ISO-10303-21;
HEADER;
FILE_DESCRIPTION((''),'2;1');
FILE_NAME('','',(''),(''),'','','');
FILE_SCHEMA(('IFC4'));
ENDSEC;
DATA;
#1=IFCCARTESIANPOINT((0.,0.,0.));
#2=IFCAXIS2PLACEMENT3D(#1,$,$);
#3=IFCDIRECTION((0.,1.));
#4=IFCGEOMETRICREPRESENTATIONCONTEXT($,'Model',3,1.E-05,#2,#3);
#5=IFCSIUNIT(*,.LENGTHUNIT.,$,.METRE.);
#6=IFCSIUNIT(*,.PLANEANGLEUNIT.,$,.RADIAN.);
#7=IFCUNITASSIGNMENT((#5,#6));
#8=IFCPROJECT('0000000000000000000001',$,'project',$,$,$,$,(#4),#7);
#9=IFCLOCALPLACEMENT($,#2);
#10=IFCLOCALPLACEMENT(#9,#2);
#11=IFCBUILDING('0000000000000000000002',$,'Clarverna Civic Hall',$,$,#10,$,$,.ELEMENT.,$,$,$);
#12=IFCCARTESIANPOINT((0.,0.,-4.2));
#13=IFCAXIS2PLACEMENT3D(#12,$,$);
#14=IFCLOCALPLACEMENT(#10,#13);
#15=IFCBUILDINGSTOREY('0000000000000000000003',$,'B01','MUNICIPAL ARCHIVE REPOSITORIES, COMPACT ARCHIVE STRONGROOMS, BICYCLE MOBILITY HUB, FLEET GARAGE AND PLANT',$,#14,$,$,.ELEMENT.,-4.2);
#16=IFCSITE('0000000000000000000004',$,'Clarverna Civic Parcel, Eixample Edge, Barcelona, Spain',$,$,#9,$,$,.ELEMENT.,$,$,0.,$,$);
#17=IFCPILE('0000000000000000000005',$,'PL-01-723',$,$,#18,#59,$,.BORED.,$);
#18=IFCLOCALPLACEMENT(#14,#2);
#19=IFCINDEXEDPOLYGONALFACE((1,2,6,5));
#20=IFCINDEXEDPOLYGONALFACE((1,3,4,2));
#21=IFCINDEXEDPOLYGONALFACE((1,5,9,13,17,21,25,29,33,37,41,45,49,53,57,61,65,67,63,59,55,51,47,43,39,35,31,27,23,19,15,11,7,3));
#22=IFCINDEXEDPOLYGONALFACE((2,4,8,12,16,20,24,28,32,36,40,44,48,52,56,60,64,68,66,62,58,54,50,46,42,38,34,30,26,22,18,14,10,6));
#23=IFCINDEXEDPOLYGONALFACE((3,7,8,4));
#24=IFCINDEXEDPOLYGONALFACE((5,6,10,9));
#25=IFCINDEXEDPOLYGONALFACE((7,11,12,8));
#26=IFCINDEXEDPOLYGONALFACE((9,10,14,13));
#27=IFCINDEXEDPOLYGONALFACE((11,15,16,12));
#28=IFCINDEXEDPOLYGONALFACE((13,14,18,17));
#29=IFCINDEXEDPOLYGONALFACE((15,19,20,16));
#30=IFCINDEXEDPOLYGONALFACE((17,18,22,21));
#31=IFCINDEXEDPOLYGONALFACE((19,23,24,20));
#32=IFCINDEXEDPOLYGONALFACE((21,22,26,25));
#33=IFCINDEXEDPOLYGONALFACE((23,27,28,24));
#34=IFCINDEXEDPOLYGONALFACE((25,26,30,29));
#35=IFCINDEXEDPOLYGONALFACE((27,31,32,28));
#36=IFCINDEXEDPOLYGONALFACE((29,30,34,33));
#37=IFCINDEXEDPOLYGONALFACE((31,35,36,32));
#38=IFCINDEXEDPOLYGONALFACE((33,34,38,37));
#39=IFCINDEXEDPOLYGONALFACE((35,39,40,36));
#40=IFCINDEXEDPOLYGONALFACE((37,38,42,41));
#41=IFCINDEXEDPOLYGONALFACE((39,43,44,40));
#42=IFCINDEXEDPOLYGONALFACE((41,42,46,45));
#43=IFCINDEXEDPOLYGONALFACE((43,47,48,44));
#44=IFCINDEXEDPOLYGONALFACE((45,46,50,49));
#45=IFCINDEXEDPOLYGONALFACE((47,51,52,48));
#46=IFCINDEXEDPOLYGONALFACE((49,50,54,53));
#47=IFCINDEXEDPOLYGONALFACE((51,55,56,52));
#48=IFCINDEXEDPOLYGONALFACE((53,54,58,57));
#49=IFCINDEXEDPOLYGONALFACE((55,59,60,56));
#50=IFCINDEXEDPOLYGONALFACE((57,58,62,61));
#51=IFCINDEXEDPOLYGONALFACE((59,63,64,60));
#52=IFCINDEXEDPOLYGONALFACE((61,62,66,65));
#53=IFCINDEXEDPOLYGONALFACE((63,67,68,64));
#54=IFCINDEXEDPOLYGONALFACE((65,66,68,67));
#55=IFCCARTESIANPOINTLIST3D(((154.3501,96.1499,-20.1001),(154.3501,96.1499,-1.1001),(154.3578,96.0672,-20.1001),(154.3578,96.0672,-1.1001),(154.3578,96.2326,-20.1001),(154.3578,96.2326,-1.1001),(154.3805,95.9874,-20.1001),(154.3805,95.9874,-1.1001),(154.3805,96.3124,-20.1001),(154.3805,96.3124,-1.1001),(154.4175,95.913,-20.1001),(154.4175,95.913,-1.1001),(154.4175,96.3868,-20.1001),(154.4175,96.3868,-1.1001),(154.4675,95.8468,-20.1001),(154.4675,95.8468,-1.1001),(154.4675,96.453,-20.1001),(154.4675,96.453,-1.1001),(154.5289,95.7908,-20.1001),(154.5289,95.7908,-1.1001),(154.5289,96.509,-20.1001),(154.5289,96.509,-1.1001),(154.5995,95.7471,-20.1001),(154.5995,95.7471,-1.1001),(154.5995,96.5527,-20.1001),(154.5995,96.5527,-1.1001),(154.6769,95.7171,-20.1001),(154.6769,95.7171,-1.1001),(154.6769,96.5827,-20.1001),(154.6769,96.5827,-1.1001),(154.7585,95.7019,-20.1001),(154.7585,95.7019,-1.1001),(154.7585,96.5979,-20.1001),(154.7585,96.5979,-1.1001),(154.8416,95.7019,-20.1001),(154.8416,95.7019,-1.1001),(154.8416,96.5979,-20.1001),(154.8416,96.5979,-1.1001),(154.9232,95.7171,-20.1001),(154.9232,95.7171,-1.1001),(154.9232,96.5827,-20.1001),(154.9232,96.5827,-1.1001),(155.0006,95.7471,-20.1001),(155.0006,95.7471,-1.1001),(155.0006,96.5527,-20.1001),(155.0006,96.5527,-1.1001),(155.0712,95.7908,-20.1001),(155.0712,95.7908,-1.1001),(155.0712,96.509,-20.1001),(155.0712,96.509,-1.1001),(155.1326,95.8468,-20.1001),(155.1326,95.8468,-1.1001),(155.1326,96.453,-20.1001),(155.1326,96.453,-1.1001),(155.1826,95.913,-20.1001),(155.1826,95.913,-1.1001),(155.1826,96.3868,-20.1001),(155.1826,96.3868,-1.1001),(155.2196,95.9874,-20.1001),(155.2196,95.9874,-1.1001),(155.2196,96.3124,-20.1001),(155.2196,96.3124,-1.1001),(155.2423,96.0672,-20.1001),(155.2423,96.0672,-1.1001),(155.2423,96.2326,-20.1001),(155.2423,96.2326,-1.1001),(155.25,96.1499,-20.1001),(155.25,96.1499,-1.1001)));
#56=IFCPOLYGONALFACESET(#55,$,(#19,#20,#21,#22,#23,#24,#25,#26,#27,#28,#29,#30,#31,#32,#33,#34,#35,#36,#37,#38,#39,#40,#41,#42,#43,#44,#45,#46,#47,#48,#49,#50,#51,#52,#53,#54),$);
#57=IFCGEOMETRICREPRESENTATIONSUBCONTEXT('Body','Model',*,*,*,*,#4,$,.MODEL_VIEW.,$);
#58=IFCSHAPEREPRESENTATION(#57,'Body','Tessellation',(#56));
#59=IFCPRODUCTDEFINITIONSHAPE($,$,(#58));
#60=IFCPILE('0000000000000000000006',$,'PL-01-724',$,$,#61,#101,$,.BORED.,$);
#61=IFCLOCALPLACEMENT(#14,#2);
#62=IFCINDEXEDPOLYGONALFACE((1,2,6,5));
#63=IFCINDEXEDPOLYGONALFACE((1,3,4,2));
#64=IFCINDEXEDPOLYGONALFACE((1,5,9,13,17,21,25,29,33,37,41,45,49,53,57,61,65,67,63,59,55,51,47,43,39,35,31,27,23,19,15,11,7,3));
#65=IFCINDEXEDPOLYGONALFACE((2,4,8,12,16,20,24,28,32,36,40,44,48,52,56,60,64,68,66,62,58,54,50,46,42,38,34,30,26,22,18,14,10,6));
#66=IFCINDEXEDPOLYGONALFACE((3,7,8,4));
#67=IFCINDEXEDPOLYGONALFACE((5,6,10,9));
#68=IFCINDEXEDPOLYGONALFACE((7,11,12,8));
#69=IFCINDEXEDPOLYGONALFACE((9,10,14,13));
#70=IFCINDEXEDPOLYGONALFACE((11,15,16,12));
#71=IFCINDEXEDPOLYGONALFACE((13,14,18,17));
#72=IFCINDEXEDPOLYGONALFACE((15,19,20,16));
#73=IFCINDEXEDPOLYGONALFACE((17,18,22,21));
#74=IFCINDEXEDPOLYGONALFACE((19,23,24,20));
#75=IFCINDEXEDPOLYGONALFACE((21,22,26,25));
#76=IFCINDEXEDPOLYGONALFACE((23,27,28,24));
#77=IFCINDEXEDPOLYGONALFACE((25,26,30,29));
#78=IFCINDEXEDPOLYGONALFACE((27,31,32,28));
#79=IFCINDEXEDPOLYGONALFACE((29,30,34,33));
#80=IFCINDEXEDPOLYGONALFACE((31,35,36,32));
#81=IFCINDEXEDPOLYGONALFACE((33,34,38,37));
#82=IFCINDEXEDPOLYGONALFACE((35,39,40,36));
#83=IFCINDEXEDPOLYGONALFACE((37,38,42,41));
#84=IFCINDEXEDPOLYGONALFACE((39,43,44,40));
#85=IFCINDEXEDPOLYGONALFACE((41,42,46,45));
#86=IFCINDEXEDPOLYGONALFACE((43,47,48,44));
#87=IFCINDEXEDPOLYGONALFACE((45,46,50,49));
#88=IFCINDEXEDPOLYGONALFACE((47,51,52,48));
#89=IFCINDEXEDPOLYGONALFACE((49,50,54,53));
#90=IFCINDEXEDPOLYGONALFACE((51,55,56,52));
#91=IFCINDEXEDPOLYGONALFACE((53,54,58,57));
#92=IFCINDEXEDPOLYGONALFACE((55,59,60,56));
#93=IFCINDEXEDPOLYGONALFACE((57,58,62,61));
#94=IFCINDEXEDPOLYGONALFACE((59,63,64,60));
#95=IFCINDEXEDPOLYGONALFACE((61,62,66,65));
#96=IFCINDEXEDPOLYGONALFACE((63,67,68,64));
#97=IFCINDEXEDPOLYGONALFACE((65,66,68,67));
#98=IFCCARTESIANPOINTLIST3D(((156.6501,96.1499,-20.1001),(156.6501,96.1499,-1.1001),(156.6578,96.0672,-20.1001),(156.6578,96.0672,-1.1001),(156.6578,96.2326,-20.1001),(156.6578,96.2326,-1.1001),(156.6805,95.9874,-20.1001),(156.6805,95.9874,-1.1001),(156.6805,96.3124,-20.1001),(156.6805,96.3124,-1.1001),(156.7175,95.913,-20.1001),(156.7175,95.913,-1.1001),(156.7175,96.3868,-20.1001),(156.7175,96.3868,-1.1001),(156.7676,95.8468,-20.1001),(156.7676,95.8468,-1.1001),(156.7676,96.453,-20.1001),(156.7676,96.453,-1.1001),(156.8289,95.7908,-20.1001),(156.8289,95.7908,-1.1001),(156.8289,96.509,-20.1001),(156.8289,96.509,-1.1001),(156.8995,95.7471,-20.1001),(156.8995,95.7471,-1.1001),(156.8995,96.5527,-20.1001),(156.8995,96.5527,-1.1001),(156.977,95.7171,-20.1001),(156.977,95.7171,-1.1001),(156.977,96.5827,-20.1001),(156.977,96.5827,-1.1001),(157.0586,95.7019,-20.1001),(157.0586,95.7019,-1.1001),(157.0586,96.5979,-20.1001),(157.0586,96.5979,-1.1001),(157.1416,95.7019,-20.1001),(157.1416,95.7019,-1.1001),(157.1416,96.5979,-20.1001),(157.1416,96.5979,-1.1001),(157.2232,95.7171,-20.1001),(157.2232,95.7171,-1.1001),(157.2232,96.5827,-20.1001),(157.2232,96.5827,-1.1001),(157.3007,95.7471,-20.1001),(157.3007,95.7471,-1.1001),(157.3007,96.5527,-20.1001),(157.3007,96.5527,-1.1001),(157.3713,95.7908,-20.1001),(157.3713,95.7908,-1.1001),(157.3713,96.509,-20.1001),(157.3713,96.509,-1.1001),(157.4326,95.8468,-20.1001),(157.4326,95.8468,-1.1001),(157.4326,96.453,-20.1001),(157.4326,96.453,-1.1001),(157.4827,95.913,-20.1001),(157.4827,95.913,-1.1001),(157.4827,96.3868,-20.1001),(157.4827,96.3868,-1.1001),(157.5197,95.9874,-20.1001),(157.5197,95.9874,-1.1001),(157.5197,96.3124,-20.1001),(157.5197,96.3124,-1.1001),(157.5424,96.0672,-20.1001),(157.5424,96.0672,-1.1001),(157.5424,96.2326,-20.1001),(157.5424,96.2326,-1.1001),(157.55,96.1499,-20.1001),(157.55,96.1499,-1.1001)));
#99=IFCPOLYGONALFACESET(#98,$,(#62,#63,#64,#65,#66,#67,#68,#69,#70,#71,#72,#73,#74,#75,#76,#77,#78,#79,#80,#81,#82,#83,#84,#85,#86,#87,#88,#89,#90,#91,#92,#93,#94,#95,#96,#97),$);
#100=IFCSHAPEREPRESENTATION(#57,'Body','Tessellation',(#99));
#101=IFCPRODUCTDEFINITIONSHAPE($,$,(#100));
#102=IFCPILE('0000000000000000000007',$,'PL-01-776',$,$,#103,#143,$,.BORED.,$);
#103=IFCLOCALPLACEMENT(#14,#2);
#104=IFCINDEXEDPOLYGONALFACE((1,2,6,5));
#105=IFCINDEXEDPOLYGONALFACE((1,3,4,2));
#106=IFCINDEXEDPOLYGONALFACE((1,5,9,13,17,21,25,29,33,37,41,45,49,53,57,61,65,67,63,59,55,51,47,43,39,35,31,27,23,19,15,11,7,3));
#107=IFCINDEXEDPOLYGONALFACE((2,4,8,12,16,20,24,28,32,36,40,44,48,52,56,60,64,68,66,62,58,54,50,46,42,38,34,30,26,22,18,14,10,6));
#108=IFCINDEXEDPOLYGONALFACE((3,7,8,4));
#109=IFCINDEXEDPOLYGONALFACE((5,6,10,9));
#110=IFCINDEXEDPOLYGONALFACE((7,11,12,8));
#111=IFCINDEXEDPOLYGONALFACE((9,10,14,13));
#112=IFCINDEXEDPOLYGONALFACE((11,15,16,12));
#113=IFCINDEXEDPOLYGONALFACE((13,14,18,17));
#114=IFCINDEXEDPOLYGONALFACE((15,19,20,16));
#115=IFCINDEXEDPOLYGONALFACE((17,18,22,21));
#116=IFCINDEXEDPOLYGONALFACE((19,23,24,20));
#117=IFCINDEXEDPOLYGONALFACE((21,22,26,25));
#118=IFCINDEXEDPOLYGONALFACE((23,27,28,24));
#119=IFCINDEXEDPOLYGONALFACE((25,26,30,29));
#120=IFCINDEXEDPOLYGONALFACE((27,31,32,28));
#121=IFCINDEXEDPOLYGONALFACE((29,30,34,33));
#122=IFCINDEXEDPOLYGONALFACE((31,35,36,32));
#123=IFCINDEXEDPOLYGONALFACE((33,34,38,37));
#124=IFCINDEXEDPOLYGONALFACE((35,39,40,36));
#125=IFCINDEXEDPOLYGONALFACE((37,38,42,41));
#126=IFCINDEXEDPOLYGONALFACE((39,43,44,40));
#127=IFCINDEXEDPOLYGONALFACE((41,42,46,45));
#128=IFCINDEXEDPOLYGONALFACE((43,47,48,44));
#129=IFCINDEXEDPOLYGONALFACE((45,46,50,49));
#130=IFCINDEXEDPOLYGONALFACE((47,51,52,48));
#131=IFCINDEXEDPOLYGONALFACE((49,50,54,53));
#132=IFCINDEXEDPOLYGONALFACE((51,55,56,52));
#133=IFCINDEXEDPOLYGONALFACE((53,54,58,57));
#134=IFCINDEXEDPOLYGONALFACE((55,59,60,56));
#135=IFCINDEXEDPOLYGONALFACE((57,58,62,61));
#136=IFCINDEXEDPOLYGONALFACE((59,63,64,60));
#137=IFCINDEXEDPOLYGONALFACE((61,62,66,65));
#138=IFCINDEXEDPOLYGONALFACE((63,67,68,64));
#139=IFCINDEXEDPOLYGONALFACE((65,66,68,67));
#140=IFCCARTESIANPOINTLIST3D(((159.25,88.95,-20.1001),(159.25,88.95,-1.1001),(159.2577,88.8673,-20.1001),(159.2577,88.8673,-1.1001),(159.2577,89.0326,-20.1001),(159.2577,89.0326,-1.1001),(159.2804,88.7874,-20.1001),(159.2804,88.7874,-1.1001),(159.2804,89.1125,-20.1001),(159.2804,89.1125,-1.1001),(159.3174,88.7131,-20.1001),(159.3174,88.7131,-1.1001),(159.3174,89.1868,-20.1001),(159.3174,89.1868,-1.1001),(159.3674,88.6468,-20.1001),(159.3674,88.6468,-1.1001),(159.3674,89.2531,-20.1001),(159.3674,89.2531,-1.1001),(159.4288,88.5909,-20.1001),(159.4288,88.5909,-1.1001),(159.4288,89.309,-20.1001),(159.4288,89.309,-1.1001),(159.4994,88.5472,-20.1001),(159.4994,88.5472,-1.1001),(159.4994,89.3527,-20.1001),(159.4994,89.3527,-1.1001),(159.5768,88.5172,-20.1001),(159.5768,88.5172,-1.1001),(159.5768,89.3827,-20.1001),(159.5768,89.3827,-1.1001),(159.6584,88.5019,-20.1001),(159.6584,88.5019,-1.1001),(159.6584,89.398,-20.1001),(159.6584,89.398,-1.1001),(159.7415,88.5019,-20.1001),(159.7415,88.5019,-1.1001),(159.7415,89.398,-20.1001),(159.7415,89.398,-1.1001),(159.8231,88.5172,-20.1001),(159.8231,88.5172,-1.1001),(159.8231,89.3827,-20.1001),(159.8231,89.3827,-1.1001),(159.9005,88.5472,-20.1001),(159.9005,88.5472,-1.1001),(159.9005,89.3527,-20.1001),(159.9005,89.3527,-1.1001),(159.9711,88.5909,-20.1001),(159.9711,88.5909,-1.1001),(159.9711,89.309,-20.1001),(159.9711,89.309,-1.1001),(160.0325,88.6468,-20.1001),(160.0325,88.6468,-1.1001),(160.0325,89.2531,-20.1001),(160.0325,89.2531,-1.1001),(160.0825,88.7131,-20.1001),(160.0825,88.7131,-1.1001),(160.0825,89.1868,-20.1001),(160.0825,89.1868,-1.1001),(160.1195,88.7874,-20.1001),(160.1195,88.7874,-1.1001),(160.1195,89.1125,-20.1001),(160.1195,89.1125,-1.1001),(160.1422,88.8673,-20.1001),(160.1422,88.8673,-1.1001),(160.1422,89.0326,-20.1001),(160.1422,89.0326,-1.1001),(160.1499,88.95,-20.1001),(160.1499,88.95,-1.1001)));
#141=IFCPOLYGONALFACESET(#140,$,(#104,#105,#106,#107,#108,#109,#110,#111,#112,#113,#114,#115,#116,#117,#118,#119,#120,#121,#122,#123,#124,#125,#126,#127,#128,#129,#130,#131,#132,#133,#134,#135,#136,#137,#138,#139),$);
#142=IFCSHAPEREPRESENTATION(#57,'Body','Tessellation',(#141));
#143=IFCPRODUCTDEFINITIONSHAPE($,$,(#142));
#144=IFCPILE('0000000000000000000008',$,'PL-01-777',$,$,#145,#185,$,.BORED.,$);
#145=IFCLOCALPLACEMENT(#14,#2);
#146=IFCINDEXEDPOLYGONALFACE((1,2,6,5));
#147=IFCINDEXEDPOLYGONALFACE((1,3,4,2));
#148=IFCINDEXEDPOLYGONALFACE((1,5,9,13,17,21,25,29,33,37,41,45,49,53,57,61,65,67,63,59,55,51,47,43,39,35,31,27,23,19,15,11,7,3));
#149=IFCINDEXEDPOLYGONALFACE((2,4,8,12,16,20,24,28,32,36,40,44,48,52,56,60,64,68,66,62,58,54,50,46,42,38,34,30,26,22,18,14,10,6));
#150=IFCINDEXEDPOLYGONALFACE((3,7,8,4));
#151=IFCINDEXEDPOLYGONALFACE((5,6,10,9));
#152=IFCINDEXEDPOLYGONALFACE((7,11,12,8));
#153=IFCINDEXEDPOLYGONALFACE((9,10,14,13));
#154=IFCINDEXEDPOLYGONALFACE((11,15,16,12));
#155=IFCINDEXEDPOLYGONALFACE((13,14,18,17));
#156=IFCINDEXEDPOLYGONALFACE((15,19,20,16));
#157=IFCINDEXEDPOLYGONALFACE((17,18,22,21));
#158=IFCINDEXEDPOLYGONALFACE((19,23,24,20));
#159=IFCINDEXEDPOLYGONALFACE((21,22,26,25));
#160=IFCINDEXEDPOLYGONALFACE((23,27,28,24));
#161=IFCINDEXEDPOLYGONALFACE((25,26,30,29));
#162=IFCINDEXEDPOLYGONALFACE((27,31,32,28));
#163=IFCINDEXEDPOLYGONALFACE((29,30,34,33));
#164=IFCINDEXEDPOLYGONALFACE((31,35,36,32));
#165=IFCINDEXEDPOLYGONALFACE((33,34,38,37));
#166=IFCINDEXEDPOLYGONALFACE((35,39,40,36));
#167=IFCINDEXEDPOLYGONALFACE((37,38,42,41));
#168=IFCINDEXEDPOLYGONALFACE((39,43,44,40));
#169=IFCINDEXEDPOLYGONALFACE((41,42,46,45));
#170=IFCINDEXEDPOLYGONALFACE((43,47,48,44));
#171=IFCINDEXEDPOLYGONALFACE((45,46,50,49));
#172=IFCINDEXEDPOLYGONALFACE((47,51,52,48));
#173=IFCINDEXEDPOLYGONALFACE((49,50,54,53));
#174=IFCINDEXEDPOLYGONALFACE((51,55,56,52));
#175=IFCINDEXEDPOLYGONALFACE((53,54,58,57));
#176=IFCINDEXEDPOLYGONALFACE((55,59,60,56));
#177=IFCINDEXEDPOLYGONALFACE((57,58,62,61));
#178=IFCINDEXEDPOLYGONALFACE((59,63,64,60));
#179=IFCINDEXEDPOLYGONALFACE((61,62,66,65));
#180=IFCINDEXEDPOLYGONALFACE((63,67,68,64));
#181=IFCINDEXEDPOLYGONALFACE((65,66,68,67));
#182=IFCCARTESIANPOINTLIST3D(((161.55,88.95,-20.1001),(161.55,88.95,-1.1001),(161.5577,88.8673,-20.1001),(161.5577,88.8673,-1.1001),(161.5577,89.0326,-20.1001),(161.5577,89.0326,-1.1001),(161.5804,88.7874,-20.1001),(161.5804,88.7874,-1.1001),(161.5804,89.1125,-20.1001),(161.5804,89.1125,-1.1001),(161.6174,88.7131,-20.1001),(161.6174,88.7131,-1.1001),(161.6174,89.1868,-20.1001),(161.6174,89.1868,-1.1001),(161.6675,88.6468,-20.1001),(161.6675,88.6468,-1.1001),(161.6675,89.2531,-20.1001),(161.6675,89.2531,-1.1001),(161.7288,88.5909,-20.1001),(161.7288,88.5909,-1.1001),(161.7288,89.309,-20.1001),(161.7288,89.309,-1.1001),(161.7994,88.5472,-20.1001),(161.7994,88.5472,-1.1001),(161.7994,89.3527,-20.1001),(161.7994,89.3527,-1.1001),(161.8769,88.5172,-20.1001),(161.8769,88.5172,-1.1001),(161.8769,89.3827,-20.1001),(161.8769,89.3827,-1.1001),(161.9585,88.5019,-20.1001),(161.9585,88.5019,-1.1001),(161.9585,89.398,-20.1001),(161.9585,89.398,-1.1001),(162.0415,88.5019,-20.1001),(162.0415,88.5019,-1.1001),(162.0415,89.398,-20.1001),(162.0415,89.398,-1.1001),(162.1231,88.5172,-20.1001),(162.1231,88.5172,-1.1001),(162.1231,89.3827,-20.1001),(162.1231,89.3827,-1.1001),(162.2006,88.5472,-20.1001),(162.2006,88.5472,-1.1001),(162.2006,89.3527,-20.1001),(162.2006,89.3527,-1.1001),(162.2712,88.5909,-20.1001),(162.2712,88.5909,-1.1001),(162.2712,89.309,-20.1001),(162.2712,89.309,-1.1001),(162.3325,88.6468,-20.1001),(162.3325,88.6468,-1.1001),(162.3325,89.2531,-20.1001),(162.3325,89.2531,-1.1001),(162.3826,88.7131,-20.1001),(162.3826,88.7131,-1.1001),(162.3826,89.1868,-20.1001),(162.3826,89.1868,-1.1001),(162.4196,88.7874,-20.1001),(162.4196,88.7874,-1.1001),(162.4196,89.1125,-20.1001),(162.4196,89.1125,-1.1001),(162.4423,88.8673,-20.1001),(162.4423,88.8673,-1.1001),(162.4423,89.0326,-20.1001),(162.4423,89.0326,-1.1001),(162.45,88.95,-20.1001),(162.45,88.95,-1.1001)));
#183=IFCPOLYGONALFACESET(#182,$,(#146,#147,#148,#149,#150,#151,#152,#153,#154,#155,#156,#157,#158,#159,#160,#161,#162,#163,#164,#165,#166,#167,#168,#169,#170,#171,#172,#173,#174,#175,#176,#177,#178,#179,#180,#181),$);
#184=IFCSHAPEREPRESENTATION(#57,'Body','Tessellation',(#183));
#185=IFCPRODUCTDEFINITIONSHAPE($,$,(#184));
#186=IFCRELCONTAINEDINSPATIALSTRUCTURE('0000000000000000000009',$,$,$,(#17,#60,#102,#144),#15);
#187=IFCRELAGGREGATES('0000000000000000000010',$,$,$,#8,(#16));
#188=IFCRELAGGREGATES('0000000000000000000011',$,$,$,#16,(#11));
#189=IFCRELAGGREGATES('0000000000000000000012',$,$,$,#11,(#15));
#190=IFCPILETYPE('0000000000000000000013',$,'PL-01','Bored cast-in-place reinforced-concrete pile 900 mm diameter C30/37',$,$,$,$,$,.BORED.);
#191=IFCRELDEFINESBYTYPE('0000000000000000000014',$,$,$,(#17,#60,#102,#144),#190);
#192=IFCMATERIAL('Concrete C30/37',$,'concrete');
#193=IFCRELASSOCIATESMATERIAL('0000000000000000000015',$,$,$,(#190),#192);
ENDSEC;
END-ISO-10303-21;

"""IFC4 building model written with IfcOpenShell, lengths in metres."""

from ifc_helpers import new_model, si_unit, direction, frame, origin, origin_2d, place, context, subcontext, project, spatial, circle, extrude, material, material_profile, profile_set, type_object, element, save


model = new_model("IFC4")

# Units and contexts
model_context = context("Model", 3, precision=1e-05, world=origin(), true_north=direction((0.0, 1.0)))
body_context = subcontext(model_context, "Body", "Model", "MODEL_VIEW")
ifc_project = project(units=[si_unit("LENGTHUNIT", "METRE"), si_unit("PLANEANGLEUNIT", "RADIAN")], contexts=[model_context])

# Site, building, storey
site_placement = place(None, origin())
site = spatial("IfcSite", under=ifc_project, at=site_placement, Name="Clarverna Civic Parcel, Eixample Edge, Barcelona, Spain", CompositionType="ELEMENT", RefElevation=0.0)
building_placement = place(site_placement, origin())
building = spatial("IfcBuilding", under=site, at=building_placement, Name="Clarverna Civic Hall", CompositionType="ELEMENT")
storey_placement = place(building_placement, frame((0.0, 0.0, -4.2)))
storey = spatial("IfcBuildingStorey", under=building, at=storey_placement, Name="B01", Description="MUNICIPAL ARCHIVE REPOSITORIES, COMPACT ARCHIVE STRONGROOMS, BICYCLE MOBILITY HUB, FLEET GARAGE AND PLANT", CompositionType="ELEMENT", Elevation=-4.2)

# Shared definitions
ifc_material_1 = material(Name="Concrete C30/37", Category="concrete")

# Piles
ifc_material_profile_1 = material_profile(ifc_material_1, circle(Radius=0.45, at=origin_2d()), Name="BORED PILE D900")
ifc_profile_set_1 = profile_set([ifc_material_profile_1], Name="Concrete C30/37")
pile_type = type_object("IfcPileType", Name="PL-01", Description="Bored cast-in-place reinforced-concrete pile 900 mm diameter C30/37", PredefinedType="BORED", material=ifc_profile_set_1)
for number, where, z_axis, x_axis, name in (
    (1, (154.8, 96.1499, -1.1001), (0.0, 0.0, -1.0), (1.0, 0.0, 0.0), "PL-01-723"),
    (2, (157.1001, 96.1499, -1.1001), (0.0, 0.0, -1.0), (1.0, 0.0, 0.0), "PL-01-724"),
    (3, (159.7, 88.95, -1.1001), (0.0, 0.0, -1.0), (1.0, 0.0, 0.0), "PL-01-776"),
    (4, (162.0, 88.95, -1.1001), (0.0, 0.0, -1.0), (1.0, 0.0, 0.0), "PL-01-777"),
):
    element("IfcPile", number, at=place(storey_placement, frame(where, z_axis=z_axis, x_axis=x_axis)), inside=storey, type_object=pile_type, Name=name, PredefinedType="BORED", context=body_context, shape_type="SweptSolid", body=[
        extrude(circle(Radius=0.45, at=origin_2d()), origin(), (0.0, 0.0, 1.0), 19.0),
    ])

save(model, "model.ifc")
